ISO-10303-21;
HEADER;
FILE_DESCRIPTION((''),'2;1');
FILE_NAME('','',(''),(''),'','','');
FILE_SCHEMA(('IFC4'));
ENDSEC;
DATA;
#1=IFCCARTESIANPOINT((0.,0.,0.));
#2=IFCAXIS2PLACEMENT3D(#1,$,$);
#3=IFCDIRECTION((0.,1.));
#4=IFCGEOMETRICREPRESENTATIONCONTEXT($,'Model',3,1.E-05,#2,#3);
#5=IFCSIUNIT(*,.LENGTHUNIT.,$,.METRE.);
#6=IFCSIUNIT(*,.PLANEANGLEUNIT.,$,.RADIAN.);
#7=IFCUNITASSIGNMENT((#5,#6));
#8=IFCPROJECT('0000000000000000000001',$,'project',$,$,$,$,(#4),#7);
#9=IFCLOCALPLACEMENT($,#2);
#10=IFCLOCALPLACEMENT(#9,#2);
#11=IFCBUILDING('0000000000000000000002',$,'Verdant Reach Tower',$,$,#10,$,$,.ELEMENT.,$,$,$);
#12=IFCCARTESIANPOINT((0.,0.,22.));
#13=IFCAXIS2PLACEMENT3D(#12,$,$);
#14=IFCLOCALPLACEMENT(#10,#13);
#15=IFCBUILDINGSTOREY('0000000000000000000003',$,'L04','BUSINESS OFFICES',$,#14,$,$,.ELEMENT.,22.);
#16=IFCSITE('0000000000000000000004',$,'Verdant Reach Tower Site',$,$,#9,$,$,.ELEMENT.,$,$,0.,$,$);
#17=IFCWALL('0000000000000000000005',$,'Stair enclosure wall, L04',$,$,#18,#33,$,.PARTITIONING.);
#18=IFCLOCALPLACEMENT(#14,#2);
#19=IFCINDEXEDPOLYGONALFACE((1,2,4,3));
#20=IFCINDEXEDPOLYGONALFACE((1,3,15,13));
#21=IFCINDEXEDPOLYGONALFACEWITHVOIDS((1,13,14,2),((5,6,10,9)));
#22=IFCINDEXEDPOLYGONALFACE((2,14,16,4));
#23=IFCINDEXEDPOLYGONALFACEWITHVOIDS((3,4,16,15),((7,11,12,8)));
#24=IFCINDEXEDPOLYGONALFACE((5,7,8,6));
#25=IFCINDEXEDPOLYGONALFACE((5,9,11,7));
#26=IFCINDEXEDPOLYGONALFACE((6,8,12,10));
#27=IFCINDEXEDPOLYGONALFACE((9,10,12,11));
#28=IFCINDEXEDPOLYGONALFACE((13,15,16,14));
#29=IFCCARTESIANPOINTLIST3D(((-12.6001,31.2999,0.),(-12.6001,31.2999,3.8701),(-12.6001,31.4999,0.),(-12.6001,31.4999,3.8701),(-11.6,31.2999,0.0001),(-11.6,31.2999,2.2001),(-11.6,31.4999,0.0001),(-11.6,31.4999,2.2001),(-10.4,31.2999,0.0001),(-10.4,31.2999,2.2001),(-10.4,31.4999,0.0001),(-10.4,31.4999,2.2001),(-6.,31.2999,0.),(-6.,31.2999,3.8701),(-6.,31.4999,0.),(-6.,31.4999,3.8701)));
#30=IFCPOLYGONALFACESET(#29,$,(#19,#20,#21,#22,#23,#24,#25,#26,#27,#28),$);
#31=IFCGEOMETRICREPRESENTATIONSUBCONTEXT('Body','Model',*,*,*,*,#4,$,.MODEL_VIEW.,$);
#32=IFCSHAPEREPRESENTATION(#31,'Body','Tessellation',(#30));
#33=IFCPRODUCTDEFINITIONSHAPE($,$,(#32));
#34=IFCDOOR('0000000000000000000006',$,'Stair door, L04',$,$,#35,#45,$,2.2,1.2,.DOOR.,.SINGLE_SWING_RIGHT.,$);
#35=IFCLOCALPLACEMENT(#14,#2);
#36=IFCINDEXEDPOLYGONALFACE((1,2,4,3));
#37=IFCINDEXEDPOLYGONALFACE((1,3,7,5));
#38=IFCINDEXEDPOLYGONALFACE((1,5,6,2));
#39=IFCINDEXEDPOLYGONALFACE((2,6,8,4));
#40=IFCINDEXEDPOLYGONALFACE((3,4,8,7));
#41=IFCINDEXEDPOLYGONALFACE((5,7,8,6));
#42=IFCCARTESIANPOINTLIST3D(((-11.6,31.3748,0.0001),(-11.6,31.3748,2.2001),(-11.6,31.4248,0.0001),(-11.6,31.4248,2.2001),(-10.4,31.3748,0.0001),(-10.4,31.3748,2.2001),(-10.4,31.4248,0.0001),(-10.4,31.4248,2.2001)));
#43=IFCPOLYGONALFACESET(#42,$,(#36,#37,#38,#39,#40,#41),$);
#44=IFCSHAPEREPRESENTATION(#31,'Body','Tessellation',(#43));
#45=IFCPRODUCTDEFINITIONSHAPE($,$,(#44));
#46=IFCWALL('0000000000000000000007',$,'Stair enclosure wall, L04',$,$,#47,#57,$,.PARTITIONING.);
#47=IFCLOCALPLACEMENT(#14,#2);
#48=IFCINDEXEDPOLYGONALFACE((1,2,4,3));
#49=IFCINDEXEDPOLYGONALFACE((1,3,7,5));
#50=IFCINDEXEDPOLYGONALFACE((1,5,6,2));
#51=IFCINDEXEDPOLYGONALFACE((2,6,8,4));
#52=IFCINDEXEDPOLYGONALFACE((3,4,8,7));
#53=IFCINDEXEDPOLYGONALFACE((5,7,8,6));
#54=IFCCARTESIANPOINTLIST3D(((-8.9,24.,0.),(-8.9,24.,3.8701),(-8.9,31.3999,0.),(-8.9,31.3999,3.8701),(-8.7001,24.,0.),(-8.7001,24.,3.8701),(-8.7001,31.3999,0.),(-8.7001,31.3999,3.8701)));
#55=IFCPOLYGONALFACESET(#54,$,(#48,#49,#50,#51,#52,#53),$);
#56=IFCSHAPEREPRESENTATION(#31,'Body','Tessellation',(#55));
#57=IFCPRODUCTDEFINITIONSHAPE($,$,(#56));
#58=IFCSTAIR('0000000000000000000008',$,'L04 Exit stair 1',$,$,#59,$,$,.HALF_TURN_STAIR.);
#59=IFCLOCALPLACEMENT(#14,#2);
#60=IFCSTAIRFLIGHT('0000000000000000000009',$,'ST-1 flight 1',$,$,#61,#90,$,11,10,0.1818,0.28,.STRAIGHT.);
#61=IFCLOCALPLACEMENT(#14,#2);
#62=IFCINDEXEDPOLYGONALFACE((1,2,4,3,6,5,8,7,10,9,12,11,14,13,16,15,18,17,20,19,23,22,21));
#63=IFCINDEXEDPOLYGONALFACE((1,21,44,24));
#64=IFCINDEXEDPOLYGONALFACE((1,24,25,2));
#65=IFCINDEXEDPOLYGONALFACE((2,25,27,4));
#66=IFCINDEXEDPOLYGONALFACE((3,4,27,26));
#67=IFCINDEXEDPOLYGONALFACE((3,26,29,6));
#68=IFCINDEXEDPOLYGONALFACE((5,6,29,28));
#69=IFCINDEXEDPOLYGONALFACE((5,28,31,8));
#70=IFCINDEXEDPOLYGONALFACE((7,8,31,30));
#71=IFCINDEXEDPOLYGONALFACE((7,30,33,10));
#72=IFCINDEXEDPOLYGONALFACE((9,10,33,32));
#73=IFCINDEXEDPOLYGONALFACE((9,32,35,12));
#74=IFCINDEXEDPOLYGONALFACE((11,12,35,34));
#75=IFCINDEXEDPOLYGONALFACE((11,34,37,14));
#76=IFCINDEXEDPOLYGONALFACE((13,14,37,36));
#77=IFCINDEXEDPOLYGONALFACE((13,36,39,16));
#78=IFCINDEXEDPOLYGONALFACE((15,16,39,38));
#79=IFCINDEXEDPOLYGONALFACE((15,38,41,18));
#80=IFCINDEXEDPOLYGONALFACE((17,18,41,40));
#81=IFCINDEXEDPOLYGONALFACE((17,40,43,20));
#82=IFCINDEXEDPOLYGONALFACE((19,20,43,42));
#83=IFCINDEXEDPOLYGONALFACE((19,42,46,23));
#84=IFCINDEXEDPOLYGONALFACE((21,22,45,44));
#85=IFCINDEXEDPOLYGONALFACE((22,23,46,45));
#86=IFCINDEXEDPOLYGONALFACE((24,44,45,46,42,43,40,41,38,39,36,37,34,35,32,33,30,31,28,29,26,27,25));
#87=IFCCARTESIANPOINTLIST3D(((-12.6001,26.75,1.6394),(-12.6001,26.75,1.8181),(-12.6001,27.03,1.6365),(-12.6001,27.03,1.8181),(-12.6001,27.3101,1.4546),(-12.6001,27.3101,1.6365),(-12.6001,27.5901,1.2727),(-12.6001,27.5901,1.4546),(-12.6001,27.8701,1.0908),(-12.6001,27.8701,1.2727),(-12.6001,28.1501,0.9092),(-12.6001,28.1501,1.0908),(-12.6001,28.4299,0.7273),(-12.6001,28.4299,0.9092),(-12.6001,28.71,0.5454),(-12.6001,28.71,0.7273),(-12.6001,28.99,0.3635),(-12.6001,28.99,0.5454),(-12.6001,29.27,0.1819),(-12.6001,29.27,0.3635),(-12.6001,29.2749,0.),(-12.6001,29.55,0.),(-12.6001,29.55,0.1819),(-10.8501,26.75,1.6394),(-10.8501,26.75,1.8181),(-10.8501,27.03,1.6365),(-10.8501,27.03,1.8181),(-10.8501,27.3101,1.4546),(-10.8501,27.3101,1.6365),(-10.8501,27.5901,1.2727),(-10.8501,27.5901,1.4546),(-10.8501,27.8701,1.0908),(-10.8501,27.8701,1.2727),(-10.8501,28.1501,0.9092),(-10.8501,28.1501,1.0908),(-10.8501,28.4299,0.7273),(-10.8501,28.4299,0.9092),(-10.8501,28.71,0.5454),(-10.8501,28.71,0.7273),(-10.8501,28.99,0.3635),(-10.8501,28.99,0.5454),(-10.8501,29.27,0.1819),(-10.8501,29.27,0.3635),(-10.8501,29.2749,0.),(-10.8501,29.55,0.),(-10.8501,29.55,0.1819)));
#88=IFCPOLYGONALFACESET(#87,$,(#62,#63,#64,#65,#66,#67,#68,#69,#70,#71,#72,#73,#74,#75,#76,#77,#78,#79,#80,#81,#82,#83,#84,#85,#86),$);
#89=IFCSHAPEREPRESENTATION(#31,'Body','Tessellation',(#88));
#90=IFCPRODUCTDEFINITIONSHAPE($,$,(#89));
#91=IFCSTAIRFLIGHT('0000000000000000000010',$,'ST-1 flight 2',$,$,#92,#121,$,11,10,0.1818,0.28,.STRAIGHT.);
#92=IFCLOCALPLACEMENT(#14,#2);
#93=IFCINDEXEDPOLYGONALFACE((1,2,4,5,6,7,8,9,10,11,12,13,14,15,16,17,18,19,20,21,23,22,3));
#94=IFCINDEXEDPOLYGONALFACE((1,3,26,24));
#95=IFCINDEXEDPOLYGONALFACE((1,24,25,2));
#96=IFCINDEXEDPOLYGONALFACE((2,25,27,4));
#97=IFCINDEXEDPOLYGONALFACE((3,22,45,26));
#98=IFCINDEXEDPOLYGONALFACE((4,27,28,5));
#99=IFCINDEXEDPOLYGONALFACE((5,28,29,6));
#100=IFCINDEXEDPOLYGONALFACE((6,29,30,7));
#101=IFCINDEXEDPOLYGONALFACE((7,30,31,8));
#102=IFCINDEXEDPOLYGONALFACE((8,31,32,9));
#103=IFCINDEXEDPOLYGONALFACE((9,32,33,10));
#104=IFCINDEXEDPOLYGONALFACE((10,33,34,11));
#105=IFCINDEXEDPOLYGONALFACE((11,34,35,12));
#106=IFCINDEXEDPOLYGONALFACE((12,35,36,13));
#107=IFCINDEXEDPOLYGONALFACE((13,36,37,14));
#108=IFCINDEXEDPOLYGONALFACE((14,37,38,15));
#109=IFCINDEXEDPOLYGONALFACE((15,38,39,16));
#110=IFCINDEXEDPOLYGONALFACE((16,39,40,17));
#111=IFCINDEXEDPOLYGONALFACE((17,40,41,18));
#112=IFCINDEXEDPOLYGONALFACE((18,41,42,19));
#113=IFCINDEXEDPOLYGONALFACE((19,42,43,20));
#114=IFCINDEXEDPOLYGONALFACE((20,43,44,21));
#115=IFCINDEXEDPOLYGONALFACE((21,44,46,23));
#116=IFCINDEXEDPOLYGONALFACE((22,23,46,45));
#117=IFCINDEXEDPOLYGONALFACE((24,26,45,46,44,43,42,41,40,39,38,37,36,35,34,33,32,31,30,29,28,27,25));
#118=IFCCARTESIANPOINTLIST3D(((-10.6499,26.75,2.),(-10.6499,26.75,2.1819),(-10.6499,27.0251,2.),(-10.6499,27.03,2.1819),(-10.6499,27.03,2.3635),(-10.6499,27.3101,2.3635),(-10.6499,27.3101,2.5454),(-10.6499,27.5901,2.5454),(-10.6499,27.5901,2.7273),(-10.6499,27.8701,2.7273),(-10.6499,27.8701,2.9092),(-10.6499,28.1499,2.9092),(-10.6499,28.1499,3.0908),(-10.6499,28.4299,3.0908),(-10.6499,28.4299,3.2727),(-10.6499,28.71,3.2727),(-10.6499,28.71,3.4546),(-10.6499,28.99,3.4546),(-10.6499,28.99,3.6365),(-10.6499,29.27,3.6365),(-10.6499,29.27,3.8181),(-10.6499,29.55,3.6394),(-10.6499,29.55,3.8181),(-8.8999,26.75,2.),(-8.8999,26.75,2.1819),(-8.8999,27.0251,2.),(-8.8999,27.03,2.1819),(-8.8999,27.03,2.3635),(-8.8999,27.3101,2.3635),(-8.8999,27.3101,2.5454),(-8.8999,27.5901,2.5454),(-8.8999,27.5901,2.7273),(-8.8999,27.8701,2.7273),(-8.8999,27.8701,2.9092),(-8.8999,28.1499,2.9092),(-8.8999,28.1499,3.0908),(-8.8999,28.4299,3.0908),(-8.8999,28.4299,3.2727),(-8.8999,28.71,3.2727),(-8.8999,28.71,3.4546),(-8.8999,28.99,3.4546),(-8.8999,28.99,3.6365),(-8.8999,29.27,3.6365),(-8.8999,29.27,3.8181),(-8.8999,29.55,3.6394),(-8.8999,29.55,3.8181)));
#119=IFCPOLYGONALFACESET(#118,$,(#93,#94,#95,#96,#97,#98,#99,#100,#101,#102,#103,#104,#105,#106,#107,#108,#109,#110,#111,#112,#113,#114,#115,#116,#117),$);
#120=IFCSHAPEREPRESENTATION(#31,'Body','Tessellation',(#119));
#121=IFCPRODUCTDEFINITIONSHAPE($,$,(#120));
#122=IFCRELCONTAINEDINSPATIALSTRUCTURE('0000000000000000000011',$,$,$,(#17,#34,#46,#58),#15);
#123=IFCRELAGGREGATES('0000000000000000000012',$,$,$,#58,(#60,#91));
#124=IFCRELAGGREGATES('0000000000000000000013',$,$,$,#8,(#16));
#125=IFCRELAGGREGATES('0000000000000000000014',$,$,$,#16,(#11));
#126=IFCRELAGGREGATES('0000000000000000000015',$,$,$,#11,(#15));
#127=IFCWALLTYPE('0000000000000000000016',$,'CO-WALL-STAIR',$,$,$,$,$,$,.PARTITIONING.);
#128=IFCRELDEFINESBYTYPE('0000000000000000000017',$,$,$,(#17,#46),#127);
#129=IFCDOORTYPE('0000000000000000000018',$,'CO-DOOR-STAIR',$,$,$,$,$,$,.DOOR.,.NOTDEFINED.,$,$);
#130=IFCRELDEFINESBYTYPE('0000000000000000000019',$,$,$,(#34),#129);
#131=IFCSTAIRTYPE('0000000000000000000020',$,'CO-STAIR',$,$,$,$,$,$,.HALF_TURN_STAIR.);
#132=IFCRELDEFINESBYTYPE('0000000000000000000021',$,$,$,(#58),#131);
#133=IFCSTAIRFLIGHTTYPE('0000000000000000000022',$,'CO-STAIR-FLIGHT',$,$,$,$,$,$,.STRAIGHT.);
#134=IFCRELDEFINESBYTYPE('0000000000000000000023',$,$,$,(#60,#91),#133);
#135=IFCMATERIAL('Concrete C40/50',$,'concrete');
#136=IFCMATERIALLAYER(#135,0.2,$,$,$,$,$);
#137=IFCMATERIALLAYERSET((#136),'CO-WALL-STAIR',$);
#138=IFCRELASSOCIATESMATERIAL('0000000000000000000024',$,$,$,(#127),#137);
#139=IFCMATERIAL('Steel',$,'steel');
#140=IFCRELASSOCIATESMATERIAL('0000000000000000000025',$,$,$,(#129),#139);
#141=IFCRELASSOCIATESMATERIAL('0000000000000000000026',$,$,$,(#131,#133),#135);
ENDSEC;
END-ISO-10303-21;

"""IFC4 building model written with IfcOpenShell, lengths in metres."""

from ifc_helpers import new_model, si_unit, direction, frame, frame_2d, origin, place, context, subcontext, project, spatial, polyline, rectangle, outline, extrude, material, layer, layer_set, type_object, element, fill, aggregate, save


model = new_model("IFC4")

# Units and contexts
model_context = context("Model", 3, precision=1e-05, world=origin(), true_north=direction((0.0, 1.0)))
body_context = subcontext(model_context, "Body", "Model", "MODEL_VIEW")
ifc_project = project(units=[si_unit("LENGTHUNIT", "METRE"), si_unit("PLANEANGLEUNIT", "RADIAN")], contexts=[model_context])

# Site, building, storey
site_placement = place(None, origin())
site = spatial("IfcSite", under=ifc_project, at=site_placement, Name="Verdant Reach Tower Site", CompositionType="ELEMENT", RefElevation=0.0)
building_placement = place(site_placement, origin())
building = spatial("IfcBuilding", under=site, at=building_placement, Name="Verdant Reach Tower", CompositionType="ELEMENT")
storey_placement = place(building_placement, frame((0.0, 0.0, 22.0)))
storey = spatial("IfcBuildingStorey", under=building, at=storey_placement, Name="L04", Description="BUSINESS OFFICES", CompositionType="ELEMENT", Elevation=22.0)

# Shared definitions
ifc_material_1 = material(Name="Concrete C40/50", Category="concrete")

# Shared definitions
ifc_material_2 = material(Name="Steel", Category="steel")

# Shared definitions
ifc_layer_1 = layer(ifc_material_1, 0.2)
ifc_layer_set_1 = layer_set([ifc_layer_1], Name="CO-WALL-STAIR")
wall_type_1 = type_object("IfcWallType", Name="CO-WALL-STAIR", PredefinedType="PARTITIONING", material=ifc_layer_set_1)

# Wall, opening, door
wall_1_placement = place(storey_placement, frame((-12.6001, 31.3999, 0.0), z_axis=(0.0, 0.0, 1.0), x_axis=(1.0, 0.0, 0.0)))
wall_1 = element("IfcWall", 1, at=wall_1_placement, inside=storey, type_object=wall_type_1, Name="Stair enclosure wall, L04", PredefinedType="PARTITIONING", context=body_context, shape_type="SweptSolid", body=[
    extrude(rectangle(XDim=6.6001, YDim=0.2, at=frame_2d((3.3, 0.0))), origin(), (0.0, 0.0, 1.0), 3.8701),
])
opening_1_placement = place(wall_1_placement, frame((1.0, 0.0, 0.0)))
opening_1 = element("IfcOpeningElement", 2, at=opening_1_placement, cuts=wall_1, PredefinedType="OPENING", context=body_context, shape_type="SweptSolid", body=[
    extrude(rectangle(XDim=1.2, YDim=2.2, at=frame_2d((0.6001, 1.1001))), frame((0.0, 0.1099, 0.0), z_axis=(0.0, -1.0, 0.0), x_axis=(1.0, 0.0, 0.0)), (0.0, 0.0, 1.0), 0.22),
])
door_type_1 = type_object("IfcDoorType", Name="CO-DOOR-STAIR", OperationType="NOTDEFINED", PredefinedType="DOOR", material=ifc_material_2)
door_1_placement = place(opening_1_placement, origin())
door_1 = element("IfcDoor", 3, at=door_1_placement, inside=storey, type_object=door_type_1, Name="Stair door, L04", OperationType="SINGLE_SWING_RIGHT", OverallHeight=2.2, OverallWidth=1.2, PredefinedType="DOOR", context=body_context, shape_type="SweptSolid", body=[
    extrude(rectangle(XDim=1.2, YDim=2.2, at=frame_2d((0.6001, 1.1001))), frame((0.0, 0.0249, 0.0), z_axis=(0.0, -1.0, 0.0), x_axis=(1.0, 0.0, 0.0)), (0.0, 0.0, 1.0), 0.05),
])
fill(opening_1, door_1)

# Wall
wall_2_placement = place(storey_placement, frame((-8.8, 24.0, 0.0), z_axis=(0.0, 0.0, 1.0), x_axis=(0.0, 1.0, 0.0)))
element("IfcWall", 4, at=wall_2_placement, inside=storey, type_object=wall_type_1, Name="Stair enclosure wall, L04", PredefinedType="PARTITIONING", context=body_context, shape_type="SweptSolid", body=[
    extrude(rectangle(XDim=7.3999, YDim=0.2, at=frame_2d((3.7, 0.0))), origin(), (0.0, 0.0, 1.0), 3.8701),
])

# Stair, stair flights
stair_type = type_object("IfcStairType", Name="CO-STAIR", PredefinedType="HALF_TURN_STAIR", material=ifc_material_1)
stair_placement = place(storey_placement, origin())
stair = element("IfcStair", 5, at=stair_placement, inside=storey, type_object=stair_type, Name="L04 Exit stair 1", PredefinedType="HALF_TURN_STAIR")
stair_flight_type = type_object("IfcStairFlightType", Name="CO-STAIR-FLIGHT", PredefinedType="STRAIGHT", material=ifc_material_1)
stair_flight_1_placement = place(storey_placement, frame((-11.7251, 29.55, 0.0), z_axis=(0.0, 0.0, 1.0), x_axis=(0.0, -1.0, 0.0)))
stair_flight_1 = element("IfcStairFlight", 6, at=stair_flight_1_placement, type_object=stair_flight_type, Name="ST-1 flight 1", NumberOfRisers=11, NumberOfTreads=10, PredefinedType="STRAIGHT", RiserHeight=0.1818, TreadLength=0.28, context=body_context, shape_type="SweptSolid", body=[
    extrude(outline(polyline([(0.0, 0.0), (0.0, 0.1819), (0.28, 0.1819), (0.28, 0.3635), (0.5601, 0.3635), (0.5601, 0.5454), (0.8401, 0.5454), (0.8401, 0.7273), (1.1201, 0.7273), (1.1201, 0.9092), (1.3999, 0.9092), (1.3999, 1.0908), (1.6799, 1.0908), (1.6799, 1.2727), (1.96, 1.2727), (1.96, 1.4546), (2.24, 1.4546), (2.24, 1.6365), (2.52, 1.6365), (2.52, 1.8181), (2.8, 1.8181), (2.8, 2.0), (2.8, 1.6394), (0.2751, 0.0), (0.0, 0.0)])), frame((0.0, 0.875, 0.0), z_axis=(0.0, -1.0, 0.0), x_axis=(1.0, 0.0, 0.0)), (0.0, 0.0, 1.0), 1.75),
])
stair_flight_2_placement = place(storey_placement, frame((-9.7749, 26.75, 2.0), z_axis=(0.0, 0.0, 1.0), x_axis=(0.0, 1.0, 0.0)))
stair_flight_2 = element("IfcStairFlight", 7, at=stair_flight_2_placement, type_object=stair_flight_type, Name="ST-1 flight 2", NumberOfRisers=11, NumberOfTreads=10, PredefinedType="STRAIGHT", RiserHeight=0.1818, TreadLength=0.28, context=body_context, shape_type="SweptSolid", body=[
    extrude(outline(polyline([(0.0, 0.0), (0.0, 0.1819), (0.28, 0.1819), (0.28, 0.3635), (0.5601, 0.3635), (0.5601, 0.5454), (0.8401, 0.5454), (0.8401, 0.7273), (1.1201, 0.7273), (1.1201, 0.9092), (1.3999, 0.9092), (1.3999, 1.0908), (1.6799, 1.0908), (1.6799, 1.2727), (1.96, 1.2727), (1.96, 1.4546), (2.24, 1.4546), (2.24, 1.6365), (2.52, 1.6365), (2.52, 1.8181), (2.8, 1.8181), (2.8, 2.0), (2.8, 1.6394), (0.2751, 0.0), (0.0, 0.0)])), frame((0.0, 0.875, 0.0), z_axis=(0.0, -1.0, 0.0), x_axis=(1.0, 0.0, 0.0)), (0.0, 0.0, 1.0), 1.75),
])
aggregate(stair, [stair_flight_1, stair_flight_2])

save(model, "model.ifc")
